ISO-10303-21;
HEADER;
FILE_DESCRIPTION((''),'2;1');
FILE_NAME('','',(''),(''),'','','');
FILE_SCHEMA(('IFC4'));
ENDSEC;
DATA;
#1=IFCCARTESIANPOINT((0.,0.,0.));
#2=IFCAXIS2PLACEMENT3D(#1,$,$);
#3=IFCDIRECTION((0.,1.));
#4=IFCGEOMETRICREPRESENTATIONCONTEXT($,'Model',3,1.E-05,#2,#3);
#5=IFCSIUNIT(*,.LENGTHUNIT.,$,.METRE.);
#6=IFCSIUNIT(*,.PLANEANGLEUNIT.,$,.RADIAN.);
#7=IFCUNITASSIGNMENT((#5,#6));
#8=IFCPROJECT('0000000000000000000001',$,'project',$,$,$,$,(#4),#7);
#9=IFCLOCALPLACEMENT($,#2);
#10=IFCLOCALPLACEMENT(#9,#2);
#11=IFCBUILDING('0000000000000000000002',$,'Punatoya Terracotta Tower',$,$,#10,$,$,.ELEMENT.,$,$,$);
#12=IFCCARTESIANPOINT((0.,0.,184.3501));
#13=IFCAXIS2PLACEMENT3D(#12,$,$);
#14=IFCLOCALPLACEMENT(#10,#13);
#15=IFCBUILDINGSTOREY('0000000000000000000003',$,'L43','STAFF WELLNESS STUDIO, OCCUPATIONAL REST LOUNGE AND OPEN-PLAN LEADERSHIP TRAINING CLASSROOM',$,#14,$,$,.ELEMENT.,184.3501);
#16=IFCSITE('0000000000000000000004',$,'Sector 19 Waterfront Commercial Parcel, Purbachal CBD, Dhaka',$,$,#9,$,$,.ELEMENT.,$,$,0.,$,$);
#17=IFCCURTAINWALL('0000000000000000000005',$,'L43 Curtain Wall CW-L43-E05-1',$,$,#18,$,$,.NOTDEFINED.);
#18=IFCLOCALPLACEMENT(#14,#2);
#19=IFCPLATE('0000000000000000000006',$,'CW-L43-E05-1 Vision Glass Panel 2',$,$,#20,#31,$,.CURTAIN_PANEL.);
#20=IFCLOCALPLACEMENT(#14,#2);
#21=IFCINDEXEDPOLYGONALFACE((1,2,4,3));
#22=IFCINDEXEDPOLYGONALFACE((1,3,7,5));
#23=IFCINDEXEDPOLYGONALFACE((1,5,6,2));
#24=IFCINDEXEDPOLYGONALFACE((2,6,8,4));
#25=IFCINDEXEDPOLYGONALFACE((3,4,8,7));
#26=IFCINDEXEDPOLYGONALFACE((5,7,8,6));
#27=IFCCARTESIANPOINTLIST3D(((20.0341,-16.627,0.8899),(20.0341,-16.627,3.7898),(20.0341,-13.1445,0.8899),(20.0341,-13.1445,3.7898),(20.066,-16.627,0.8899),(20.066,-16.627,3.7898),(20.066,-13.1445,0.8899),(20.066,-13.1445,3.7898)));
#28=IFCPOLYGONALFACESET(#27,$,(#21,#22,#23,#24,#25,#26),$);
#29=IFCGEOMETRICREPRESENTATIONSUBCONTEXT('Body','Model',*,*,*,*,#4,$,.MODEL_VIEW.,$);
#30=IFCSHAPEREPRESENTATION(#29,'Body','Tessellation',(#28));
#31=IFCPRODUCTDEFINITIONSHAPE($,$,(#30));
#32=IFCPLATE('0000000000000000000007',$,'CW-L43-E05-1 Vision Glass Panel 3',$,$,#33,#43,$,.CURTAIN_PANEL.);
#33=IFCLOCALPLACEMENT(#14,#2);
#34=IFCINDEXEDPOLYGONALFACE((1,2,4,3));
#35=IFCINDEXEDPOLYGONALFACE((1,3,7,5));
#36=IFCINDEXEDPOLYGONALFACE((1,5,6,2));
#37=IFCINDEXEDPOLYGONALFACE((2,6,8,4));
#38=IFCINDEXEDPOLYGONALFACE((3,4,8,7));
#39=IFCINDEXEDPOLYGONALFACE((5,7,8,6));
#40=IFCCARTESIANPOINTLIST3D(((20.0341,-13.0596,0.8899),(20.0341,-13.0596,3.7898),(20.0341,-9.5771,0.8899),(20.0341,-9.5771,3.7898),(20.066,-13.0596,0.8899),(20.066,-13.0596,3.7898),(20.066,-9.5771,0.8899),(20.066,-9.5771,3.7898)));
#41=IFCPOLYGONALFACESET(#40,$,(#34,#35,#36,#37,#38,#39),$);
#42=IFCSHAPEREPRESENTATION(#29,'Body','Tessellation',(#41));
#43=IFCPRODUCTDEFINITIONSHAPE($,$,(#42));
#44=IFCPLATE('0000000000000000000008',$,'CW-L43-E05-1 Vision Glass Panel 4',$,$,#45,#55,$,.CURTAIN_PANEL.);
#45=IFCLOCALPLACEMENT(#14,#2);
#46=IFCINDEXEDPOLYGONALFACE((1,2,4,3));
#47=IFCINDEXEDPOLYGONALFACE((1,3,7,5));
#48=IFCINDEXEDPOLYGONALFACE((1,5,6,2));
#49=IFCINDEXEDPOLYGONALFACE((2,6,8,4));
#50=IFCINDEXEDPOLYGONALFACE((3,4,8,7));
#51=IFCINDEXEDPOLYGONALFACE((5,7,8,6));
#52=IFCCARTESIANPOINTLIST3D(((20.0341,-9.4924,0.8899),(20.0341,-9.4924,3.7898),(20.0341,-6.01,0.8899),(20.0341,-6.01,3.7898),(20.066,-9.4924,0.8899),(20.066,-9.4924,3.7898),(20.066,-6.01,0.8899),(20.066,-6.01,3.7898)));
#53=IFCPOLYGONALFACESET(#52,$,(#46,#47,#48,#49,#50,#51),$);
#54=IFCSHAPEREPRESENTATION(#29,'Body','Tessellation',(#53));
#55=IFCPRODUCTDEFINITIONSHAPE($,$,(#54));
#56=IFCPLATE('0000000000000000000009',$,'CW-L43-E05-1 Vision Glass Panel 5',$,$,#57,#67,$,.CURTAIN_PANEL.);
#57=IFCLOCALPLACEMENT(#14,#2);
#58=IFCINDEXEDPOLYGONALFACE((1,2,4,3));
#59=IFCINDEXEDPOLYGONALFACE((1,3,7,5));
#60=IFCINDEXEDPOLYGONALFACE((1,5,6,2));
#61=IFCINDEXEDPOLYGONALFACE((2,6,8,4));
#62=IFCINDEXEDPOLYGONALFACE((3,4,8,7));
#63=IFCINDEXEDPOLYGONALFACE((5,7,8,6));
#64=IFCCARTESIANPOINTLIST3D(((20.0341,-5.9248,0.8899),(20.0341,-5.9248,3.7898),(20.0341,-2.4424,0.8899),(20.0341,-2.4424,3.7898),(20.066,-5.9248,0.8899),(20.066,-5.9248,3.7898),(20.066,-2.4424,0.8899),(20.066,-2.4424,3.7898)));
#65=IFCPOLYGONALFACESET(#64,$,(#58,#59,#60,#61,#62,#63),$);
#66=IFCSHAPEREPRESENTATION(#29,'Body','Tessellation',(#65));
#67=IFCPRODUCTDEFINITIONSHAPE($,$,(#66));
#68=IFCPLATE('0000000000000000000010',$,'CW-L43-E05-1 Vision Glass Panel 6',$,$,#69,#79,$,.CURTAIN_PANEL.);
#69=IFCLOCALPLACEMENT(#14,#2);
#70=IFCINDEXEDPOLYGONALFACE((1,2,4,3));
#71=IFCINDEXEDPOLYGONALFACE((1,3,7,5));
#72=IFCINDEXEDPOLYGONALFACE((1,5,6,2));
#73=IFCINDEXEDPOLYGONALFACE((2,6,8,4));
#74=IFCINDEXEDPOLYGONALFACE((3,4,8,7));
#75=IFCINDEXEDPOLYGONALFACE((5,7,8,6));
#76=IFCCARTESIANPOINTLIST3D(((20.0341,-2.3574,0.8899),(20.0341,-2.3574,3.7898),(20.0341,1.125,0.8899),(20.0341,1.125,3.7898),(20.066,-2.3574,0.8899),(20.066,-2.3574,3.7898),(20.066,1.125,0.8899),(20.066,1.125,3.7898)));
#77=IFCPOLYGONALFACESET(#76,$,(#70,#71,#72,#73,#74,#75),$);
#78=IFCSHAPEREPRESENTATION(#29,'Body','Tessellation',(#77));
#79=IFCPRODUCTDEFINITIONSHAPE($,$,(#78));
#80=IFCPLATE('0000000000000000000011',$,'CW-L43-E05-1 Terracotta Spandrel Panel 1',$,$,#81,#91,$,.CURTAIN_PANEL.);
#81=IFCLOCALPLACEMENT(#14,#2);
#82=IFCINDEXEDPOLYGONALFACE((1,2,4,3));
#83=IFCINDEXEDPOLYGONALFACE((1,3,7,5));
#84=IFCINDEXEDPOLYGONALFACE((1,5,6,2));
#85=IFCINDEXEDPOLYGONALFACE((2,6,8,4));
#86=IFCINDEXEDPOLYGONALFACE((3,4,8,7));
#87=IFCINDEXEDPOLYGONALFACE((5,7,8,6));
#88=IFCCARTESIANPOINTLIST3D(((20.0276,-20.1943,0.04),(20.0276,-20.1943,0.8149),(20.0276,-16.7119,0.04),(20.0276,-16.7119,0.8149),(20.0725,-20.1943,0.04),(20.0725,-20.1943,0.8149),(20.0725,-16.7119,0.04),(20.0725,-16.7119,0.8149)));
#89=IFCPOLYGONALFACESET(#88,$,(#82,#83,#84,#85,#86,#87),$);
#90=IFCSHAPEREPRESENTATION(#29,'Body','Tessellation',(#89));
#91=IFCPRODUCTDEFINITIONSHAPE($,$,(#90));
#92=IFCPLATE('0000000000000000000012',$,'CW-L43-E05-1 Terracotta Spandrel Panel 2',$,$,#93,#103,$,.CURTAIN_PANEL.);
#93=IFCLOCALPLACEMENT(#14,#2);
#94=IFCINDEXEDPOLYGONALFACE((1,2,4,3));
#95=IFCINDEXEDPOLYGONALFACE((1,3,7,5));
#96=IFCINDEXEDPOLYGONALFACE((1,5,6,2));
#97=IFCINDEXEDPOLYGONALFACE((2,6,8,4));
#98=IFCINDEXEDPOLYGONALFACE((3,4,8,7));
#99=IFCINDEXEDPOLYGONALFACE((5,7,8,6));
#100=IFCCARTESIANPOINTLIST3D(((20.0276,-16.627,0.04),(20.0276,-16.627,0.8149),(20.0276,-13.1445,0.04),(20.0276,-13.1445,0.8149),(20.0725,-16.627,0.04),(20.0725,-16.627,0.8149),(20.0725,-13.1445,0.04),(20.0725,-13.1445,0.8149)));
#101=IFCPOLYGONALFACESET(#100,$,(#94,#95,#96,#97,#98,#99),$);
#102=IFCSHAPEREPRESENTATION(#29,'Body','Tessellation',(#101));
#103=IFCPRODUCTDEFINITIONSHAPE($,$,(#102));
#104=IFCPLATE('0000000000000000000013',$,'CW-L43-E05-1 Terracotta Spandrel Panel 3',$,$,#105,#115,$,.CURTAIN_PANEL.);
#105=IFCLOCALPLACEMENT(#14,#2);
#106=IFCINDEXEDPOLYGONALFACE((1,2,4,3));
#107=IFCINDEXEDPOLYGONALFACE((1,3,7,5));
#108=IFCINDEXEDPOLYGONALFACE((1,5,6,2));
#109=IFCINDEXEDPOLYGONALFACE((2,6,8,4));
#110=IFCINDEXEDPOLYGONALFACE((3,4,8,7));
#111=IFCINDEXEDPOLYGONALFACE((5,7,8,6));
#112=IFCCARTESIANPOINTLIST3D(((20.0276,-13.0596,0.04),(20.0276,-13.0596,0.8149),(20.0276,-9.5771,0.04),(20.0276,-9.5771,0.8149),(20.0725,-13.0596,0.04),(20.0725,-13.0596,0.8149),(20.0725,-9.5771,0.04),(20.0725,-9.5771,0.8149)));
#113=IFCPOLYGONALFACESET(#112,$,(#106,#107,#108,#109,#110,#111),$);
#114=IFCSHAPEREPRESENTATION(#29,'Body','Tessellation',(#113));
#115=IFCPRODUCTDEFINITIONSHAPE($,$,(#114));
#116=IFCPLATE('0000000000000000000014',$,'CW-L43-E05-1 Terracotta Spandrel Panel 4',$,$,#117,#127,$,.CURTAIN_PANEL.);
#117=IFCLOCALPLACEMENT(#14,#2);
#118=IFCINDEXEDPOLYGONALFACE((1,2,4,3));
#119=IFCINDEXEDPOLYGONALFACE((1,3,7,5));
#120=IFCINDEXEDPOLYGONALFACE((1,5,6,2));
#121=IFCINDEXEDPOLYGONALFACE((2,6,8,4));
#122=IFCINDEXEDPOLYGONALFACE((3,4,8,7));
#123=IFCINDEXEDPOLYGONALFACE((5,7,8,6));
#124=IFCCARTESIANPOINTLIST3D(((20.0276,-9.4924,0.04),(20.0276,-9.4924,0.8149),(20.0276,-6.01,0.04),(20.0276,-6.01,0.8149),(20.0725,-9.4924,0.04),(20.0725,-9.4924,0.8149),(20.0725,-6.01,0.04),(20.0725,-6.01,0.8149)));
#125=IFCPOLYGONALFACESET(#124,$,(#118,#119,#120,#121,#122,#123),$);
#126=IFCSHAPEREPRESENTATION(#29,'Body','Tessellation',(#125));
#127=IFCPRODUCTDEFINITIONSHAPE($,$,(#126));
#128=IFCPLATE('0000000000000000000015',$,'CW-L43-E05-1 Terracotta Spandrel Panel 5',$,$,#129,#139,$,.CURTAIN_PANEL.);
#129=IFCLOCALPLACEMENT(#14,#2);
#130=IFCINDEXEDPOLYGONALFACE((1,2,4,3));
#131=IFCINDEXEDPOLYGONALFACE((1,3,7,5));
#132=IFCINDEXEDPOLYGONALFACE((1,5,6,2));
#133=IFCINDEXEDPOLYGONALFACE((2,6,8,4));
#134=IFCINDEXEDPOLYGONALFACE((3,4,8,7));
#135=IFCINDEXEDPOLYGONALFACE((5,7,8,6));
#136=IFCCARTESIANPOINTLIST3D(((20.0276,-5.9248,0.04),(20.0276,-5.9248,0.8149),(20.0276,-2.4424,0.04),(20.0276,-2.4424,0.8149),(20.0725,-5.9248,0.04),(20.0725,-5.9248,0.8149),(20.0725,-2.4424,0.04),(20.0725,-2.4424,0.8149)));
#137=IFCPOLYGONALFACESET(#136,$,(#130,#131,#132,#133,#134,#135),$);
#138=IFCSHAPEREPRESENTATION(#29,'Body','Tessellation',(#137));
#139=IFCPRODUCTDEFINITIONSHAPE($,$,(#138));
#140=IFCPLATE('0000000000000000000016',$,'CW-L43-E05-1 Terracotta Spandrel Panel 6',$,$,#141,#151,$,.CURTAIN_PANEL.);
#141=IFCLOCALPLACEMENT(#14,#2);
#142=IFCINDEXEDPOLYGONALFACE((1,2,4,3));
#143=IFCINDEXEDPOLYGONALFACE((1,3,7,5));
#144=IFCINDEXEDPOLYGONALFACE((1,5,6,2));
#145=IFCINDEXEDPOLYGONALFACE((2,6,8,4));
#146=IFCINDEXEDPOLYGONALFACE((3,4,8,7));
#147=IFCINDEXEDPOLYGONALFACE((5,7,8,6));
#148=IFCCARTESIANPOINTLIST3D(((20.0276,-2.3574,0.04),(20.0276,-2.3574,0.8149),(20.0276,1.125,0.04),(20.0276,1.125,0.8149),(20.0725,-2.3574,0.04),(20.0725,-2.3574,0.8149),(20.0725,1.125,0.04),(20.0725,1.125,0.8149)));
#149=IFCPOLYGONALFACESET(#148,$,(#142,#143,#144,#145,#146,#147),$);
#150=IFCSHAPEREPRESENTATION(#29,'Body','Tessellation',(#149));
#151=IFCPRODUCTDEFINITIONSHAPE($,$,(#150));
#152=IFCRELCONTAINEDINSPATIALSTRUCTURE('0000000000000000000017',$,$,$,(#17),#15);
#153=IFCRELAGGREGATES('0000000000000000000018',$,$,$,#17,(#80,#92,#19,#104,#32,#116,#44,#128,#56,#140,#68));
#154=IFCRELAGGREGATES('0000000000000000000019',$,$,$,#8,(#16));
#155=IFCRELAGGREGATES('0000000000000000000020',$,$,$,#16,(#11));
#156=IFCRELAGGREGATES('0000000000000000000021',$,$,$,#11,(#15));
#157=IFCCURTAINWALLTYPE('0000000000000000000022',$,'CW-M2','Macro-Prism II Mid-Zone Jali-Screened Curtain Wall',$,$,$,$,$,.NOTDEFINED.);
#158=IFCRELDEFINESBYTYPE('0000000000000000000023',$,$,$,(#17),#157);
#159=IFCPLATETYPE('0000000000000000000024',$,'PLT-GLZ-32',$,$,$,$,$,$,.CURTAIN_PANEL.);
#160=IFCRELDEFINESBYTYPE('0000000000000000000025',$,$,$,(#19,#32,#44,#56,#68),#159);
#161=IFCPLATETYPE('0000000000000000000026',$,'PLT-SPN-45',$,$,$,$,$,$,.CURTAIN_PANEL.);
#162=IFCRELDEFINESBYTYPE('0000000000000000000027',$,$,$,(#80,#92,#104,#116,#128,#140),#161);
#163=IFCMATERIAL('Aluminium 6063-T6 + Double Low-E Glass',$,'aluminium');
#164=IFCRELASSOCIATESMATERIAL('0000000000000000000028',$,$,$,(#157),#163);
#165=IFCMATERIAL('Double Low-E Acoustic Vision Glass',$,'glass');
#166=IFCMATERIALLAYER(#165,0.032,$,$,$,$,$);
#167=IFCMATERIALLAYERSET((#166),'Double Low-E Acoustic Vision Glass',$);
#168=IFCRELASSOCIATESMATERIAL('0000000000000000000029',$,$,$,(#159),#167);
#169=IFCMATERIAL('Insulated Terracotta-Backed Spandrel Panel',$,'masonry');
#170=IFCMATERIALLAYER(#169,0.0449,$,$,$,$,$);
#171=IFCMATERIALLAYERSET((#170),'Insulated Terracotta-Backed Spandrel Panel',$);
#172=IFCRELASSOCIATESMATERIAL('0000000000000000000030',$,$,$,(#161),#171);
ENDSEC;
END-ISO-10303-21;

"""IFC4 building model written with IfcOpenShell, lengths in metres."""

from ifc_helpers import new_model, si_unit, direction, frame, origin, origin_2d, place, context, subcontext, project, spatial, rectangle, extrude, material, layer, layer_set, type_object, element, aggregate, save


model = new_model("IFC4")

# Units and contexts
model_context = context("Model", 3, precision=1e-05, world=origin(), true_north=direction((0.0, 1.0)))
body_context = subcontext(model_context, "Body", "Model", "MODEL_VIEW")
ifc_project = project(units=[si_unit("LENGTHUNIT", "METRE"), si_unit("PLANEANGLEUNIT", "RADIAN")], contexts=[model_context])

# Site, building, storey
site_placement = place(None, origin())
site = spatial("IfcSite", under=ifc_project, at=site_placement, Name="Sector 19 Waterfront Commercial Parcel, Purbachal CBD, Dhaka", CompositionType="ELEMENT", RefElevation=0.0)
building_placement = place(site_placement, origin())
building = spatial("IfcBuilding", under=site, at=building_placement, Name="Punatoya Terracotta Tower", CompositionType="ELEMENT")
storey_placement = place(building_placement, frame((0.0, 0.0, 184.3501)))
storey = spatial("IfcBuildingStorey", under=building, at=storey_placement, Name="L43", Description="STAFF WELLNESS STUDIO, OCCUPATIONAL REST LOUNGE AND OPEN-PLAN LEADERSHIP TRAINING CLASSROOM", CompositionType="ELEMENT", Elevation=184.3501)

# Shared definitions
ifc_material_1 = material(Name="Aluminium 6063-T6 + Double Low-E Glass", Category="aluminium")
curtain_wall_type = type_object("IfcCurtainWallType", Name="CW-M2", Description="Macro-Prism II Mid-Zone Jali-Screened Curtain Wall", PredefinedType="NOTDEFINED", material=ifc_material_1)

# Curtain wall, plates
curtain_wall_1_placement = place(storey_placement, origin())
curtain_wall_1 = element("IfcCurtainWall", 1, at=curtain_wall_1_placement, inside=storey, type_object=curtain_wall_type, Name="L43 Curtain Wall CW-L43-E05-1", PredefinedType="NOTDEFINED")
ifc_material_2 = material(Name="Double Low-E Acoustic Vision Glass", Category="glass")
ifc_layer_1 = layer(ifc_material_2, 0.032)
ifc_layer_set_1 = layer_set([ifc_layer_1], Name="Double Low-E Acoustic Vision Glass")
plate_type_1 = type_object("IfcPlateType", Name="PLT-GLZ-32", PredefinedType="CURTAIN_PANEL", material=ifc_layer_set_1)
plate_1_placement = place(storey_placement, frame((20.05, -14.8857, 0.8899), z_axis=(0.0, 0.0, 1.0), x_axis=(0.0, 1.0, 0.0)))
plate_1 = element("IfcPlate", 2, at=plate_1_placement, type_object=plate_type_1, Name="CW-L43-E05-1 Vision Glass Panel 2", PredefinedType="CURTAIN_PANEL", context=body_context, shape_type="SweptSolid", body=[
    extrude(rectangle(XDim=3.4824, YDim=0.032, at=origin_2d()), origin(), (0.0, 0.0, 1.0), 2.8999),
])
plate_2_placement = place(storey_placement, frame((20.05, -11.3184, 0.8899), z_axis=(0.0, 0.0, 1.0), x_axis=(0.0, 1.0, 0.0)))
plate_2 = element("IfcPlate", 3, at=plate_2_placement, type_object=plate_type_1, Name="CW-L43-E05-1 Vision Glass Panel 3", PredefinedType="CURTAIN_PANEL", context=body_context, shape_type="SweptSolid", body=[
    extrude(rectangle(XDim=3.4824, YDim=0.032, at=origin_2d()), origin(), (0.0, 0.0, 1.0), 2.8999),
])
plate_3_placement = place(storey_placement, frame((20.05, -7.7512, 0.8899), z_axis=(0.0, 0.0, 1.0), x_axis=(0.0, 1.0, 0.0)))
plate_3 = element("IfcPlate", 4, at=plate_3_placement, type_object=plate_type_1, Name="CW-L43-E05-1 Vision Glass Panel 4", PredefinedType="CURTAIN_PANEL", context=body_context, shape_type="SweptSolid", body=[
    extrude(rectangle(XDim=3.4824, YDim=0.032, at=origin_2d()), origin(), (0.0, 0.0, 1.0), 2.8999),
])
plate_4_placement = place(storey_placement, frame((20.05, -4.1836, 0.8899), z_axis=(0.0, 0.0, 1.0), x_axis=(0.0, 1.0, 0.0)))
plate_4 = element("IfcPlate", 5, at=plate_4_placement, type_object=plate_type_1, Name="CW-L43-E05-1 Vision Glass Panel 5", PredefinedType="CURTAIN_PANEL", context=body_context, shape_type="SweptSolid", body=[
    extrude(rectangle(XDim=3.4824, YDim=0.032, at=origin_2d()), origin(), (0.0, 0.0, 1.0), 2.8999),
])
plate_5_placement = place(storey_placement, frame((20.05, -0.6162, 0.8899), z_axis=(0.0, 0.0, 1.0), x_axis=(0.0, 1.0, 0.0)))
plate_5 = element("IfcPlate", 6, at=plate_5_placement, type_object=plate_type_1, Name="CW-L43-E05-1 Vision Glass Panel 6", PredefinedType="CURTAIN_PANEL", context=body_context, shape_type="SweptSolid", body=[
    extrude(rectangle(XDim=3.4824, YDim=0.032, at=origin_2d()), origin(), (0.0, 0.0, 1.0), 2.8999),
])
ifc_material_3 = material(Name="Insulated Terracotta-Backed Spandrel Panel", Category="masonry")
ifc_layer_2 = layer(ifc_material_3, 0.0449)
ifc_layer_set_2 = layer_set([ifc_layer_2], Name="Insulated Terracotta-Backed Spandrel Panel")
plate_type_2 = type_object("IfcPlateType", Name="PLT-SPN-45", PredefinedType="CURTAIN_PANEL", material=ifc_layer_set_2)
plate_6_placement = place(storey_placement, frame((20.05, -18.4531, 0.04), z_axis=(0.0, 0.0, 1.0), x_axis=(0.0, 1.0, 0.0)))
plate_6 = element("IfcPlate", 7, at=plate_6_placement, type_object=plate_type_2, Name="CW-L43-E05-1 Terracotta Spandrel Panel 1", PredefinedType="CURTAIN_PANEL", context=body_context, shape_type="SweptSolid", body=[
    extrude(rectangle(XDim=3.4824, YDim=0.0449, at=origin_2d()), origin(), (0.0, 0.0, 1.0), 0.7749),
])
plate_7_placement = place(storey_placement, frame((20.05, -14.8857, 0.04), z_axis=(0.0, 0.0, 1.0), x_axis=(0.0, 1.0, 0.0)))
plate_7 = element("IfcPlate", 8, at=plate_7_placement, type_object=plate_type_2, Name="CW-L43-E05-1 Terracotta Spandrel Panel 2", PredefinedType="CURTAIN_PANEL", context=body_context, shape_type="SweptSolid", body=[
    extrude(rectangle(XDim=3.4824, YDim=0.0449, at=origin_2d()), origin(), (0.0, 0.0, 1.0), 0.7749),
])
plate_8_placement = place(storey_placement, frame((20.05, -11.3184, 0.04), z_axis=(0.0, 0.0, 1.0), x_axis=(0.0, 1.0, 0.0)))
plate_8 = element("IfcPlate", 9, at=plate_8_placement, type_object=plate_type_2, Name="CW-L43-E05-1 Terracotta Spandrel Panel 3", PredefinedType="CURTAIN_PANEL", context=body_context, shape_type="SweptSolid", body=[
    extrude(rectangle(XDim=3.4824, YDim=0.0449, at=origin_2d()), origin(), (0.0, 0.0, 1.0), 0.7749),
])
plate_9_placement = place(storey_placement, frame((20.05, -7.7512, 0.04), z_axis=(0.0, 0.0, 1.0), x_axis=(0.0, 1.0, 0.0)))
plate_9 = element("IfcPlate", 10, at=plate_9_placement, type_object=plate_type_2, Name="CW-L43-E05-1 Terracotta Spandrel Panel 4", PredefinedType="CURTAIN_PANEL", context=body_context, shape_type="SweptSolid", body=[
    extrude(rectangle(XDim=3.4824, YDim=0.0449, at=origin_2d()), origin(), (0.0, 0.0, 1.0), 0.7749),
])
plate_10_placement = place(storey_placement, frame((20.05, -4.1836, 0.04), z_axis=(0.0, 0.0, 1.0), x_axis=(0.0, 1.0, 0.0)))
plate_10 = element("IfcPlate", 11, at=plate_10_placement, type_object=plate_type_2, Name="CW-L43-E05-1 Terracotta Spandrel Panel 5", PredefinedType="CURTAIN_PANEL", context=body_context, shape_type="SweptSolid", body=[
    extrude(rectangle(XDim=3.4824, YDim=0.0449, at=origin_2d()), origin(), (0.0, 0.0, 1.0), 0.7749),
])
plate_11_placement = place(storey_placement, frame((20.05, -0.6162, 0.04), z_axis=(0.0, 0.0, 1.0), x_axis=(0.0, 1.0, 0.0)))
plate_11 = element("IfcPlate", 12, at=plate_11_placement, type_object=plate_type_2, Name="CW-L43-E05-1 Terracotta Spandrel Panel 6", PredefinedType="CURTAIN_PANEL", context=body_context, shape_type="SweptSolid", body=[
    extrude(rectangle(XDim=3.4824, YDim=0.0449, at=origin_2d()), origin(), (0.0, 0.0, 1.0), 0.7749),
])
aggregate(curtain_wall_1, [plate_6, plate_7, plate_1, plate_8, plate_2, plate_9, plate_3, plate_10, plate_4, plate_11, plate_5])

save(model, "model.ifc")
